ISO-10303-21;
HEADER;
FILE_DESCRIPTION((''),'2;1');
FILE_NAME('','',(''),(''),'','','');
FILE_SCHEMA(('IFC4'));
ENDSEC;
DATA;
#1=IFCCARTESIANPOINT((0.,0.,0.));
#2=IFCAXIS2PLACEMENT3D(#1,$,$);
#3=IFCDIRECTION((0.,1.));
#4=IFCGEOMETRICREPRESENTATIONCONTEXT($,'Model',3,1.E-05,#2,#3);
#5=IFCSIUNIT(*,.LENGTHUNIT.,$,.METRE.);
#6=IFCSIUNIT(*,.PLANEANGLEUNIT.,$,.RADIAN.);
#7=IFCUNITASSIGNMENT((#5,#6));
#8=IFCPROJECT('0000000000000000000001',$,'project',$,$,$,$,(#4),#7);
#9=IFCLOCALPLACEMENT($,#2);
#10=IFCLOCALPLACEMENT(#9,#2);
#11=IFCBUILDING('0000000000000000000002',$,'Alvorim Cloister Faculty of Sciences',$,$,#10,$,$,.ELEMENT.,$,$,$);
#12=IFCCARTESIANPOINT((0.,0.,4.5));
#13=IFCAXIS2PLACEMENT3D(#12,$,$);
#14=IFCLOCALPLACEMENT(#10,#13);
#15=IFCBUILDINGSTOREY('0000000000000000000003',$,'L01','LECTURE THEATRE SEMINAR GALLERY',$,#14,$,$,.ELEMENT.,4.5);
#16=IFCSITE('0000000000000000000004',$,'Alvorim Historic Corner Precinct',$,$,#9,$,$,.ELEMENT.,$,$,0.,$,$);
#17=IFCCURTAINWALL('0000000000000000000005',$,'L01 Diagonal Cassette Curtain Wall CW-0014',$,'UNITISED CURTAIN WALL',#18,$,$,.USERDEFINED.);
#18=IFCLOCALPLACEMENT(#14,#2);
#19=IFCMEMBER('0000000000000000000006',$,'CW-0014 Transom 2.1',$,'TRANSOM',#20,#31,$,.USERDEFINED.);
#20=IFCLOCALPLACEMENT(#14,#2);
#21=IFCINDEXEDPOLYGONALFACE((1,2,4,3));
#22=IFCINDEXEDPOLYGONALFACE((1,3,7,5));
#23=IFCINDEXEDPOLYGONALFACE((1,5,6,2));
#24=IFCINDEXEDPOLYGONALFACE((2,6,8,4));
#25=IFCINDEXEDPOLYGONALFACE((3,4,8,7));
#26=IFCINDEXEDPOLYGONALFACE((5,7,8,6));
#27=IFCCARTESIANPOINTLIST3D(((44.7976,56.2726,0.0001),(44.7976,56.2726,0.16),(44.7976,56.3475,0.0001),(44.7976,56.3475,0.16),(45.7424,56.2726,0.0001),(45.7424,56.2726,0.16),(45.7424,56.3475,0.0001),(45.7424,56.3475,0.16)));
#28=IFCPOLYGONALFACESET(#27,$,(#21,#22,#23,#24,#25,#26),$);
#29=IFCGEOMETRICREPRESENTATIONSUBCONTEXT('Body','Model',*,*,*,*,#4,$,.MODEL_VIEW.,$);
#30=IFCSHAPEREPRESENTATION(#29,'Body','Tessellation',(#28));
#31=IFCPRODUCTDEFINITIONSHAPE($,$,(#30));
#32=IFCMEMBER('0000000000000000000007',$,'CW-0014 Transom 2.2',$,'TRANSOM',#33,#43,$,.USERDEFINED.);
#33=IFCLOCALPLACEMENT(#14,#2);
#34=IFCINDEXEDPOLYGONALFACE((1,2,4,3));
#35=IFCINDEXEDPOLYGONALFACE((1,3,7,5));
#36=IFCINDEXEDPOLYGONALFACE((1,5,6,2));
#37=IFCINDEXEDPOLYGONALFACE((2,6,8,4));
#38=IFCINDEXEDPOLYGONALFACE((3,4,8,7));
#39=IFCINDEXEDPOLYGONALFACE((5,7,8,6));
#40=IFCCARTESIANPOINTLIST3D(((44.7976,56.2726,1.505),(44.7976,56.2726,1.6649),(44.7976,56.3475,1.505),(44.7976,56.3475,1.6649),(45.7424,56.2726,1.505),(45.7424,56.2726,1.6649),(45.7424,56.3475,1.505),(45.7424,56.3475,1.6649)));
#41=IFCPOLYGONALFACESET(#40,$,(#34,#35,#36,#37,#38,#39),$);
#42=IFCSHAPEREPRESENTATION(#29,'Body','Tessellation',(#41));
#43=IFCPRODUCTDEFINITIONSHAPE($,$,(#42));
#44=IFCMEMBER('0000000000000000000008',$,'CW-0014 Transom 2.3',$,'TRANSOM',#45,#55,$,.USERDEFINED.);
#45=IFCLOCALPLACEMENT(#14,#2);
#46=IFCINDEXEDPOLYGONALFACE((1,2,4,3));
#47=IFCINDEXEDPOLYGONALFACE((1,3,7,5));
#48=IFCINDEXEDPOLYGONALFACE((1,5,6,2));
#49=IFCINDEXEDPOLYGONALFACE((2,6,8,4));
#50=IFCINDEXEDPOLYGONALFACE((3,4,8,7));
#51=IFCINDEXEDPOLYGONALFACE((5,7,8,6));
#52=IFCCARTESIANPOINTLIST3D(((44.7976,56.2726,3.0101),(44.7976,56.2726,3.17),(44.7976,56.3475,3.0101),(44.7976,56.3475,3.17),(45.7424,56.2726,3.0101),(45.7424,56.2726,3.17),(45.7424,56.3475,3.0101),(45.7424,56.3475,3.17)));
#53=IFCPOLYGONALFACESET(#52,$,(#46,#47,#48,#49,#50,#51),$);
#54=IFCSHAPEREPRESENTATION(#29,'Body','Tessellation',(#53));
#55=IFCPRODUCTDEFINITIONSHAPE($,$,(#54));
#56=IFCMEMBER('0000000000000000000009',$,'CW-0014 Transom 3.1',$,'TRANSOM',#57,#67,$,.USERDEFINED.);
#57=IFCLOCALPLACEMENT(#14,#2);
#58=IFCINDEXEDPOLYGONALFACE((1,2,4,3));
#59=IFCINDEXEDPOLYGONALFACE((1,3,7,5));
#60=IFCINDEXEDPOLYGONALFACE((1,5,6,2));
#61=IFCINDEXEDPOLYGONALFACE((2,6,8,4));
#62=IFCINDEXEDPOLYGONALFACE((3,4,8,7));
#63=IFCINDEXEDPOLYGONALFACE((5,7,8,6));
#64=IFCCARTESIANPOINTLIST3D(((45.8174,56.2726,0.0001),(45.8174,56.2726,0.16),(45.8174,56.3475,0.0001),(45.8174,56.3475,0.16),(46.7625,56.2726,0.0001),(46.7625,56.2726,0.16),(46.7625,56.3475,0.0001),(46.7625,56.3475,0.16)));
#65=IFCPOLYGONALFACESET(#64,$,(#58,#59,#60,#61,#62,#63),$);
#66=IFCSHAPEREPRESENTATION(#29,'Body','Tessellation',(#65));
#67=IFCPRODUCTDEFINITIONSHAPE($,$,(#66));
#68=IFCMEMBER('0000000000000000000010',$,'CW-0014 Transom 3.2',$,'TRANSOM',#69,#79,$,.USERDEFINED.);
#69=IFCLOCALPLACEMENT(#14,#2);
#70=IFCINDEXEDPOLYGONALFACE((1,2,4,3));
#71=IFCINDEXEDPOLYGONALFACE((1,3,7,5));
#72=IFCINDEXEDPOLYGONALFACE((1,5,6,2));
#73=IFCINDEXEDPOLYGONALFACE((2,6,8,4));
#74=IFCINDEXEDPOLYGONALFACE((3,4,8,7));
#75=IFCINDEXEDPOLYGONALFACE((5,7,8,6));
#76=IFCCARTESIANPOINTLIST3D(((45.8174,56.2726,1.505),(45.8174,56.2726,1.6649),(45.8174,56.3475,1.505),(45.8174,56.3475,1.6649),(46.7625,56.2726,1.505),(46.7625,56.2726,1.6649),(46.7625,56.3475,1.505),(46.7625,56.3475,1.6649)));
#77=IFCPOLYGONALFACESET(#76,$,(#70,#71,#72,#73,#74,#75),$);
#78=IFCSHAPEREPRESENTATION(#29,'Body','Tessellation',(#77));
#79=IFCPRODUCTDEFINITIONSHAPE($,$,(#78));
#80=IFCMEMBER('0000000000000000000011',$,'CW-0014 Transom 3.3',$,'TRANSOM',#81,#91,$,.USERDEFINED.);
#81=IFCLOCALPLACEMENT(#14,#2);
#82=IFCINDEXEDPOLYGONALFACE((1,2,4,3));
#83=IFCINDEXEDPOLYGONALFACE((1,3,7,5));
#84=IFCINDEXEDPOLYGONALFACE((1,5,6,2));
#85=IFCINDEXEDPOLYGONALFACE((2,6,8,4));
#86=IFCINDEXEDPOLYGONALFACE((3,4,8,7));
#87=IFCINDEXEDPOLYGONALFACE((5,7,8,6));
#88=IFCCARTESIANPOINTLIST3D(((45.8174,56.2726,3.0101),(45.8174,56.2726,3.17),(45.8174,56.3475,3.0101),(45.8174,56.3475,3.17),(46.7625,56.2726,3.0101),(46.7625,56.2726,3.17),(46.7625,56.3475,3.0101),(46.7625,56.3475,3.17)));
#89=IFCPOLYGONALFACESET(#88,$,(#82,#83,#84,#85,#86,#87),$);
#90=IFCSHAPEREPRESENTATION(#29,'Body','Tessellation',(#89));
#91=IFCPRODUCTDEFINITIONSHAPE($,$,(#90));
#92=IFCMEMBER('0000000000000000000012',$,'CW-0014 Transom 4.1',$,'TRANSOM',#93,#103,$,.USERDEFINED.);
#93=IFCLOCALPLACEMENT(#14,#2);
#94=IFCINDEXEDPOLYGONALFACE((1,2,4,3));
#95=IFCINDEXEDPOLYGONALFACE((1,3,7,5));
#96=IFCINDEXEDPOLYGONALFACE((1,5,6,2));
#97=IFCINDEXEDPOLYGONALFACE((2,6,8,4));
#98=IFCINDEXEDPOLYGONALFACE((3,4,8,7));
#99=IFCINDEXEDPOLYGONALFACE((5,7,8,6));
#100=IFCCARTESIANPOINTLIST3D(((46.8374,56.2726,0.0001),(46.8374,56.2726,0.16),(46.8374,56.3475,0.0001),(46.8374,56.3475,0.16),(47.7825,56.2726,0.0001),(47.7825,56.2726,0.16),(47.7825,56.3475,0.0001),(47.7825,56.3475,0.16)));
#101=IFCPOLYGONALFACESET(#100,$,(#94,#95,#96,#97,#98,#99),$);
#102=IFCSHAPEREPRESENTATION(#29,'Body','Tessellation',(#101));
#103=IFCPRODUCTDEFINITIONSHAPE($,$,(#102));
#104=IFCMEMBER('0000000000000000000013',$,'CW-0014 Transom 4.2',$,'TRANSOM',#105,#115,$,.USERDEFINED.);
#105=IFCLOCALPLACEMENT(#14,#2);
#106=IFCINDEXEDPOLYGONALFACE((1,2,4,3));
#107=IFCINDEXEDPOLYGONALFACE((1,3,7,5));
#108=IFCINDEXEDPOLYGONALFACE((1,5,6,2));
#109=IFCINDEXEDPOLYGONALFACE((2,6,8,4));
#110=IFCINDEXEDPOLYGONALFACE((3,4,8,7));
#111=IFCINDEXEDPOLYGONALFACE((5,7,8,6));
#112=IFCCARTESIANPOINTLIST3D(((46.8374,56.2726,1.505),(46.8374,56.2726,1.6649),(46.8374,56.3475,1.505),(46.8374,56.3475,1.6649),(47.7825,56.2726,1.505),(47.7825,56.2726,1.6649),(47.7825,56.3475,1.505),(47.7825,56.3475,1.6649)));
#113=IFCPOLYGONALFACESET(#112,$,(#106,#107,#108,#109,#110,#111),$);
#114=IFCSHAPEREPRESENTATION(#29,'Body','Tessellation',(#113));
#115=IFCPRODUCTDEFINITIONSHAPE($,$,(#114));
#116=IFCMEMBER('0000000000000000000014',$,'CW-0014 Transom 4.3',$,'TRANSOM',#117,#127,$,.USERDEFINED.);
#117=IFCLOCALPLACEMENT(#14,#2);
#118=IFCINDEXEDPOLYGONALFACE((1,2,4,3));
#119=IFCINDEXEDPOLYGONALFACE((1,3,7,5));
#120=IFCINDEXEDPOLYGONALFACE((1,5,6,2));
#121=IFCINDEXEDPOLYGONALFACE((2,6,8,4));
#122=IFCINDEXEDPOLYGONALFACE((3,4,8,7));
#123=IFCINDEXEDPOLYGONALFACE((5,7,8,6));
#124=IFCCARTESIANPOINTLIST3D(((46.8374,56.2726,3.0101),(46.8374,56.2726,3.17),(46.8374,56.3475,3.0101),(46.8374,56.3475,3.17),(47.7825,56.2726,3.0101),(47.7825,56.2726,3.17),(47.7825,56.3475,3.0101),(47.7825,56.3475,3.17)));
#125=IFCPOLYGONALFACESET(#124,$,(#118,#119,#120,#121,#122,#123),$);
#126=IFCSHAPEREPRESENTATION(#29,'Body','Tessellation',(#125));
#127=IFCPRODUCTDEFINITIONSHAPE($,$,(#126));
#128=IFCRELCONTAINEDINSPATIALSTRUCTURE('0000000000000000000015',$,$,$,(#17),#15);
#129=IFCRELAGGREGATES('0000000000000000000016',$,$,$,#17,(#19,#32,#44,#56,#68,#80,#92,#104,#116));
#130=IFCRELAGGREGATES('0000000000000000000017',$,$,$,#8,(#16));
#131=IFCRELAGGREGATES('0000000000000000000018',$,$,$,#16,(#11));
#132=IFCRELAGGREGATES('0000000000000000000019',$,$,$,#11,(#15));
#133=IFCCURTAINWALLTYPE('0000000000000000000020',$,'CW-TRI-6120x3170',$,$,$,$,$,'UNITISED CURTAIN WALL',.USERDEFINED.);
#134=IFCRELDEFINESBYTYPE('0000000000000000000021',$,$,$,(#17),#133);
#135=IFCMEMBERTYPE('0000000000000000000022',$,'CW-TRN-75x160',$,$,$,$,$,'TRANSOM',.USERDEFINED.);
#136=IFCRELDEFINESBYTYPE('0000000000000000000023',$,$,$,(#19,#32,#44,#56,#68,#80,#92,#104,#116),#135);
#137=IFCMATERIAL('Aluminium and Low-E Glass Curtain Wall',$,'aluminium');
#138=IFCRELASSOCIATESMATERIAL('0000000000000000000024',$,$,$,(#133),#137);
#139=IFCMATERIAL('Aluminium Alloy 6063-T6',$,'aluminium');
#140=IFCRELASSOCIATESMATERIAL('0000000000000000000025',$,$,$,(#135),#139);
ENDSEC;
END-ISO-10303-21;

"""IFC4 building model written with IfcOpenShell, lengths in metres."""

from ifc_helpers import new_model, si_unit, direction, frame, origin, origin_2d, place, context, subcontext, project, spatial, rectangle, extrude, material, material_profile, profile_set, type_object, element, aggregate, save


model = new_model("IFC4")

# Units and contexts
model_context = context("Model", 3, precision=1e-05, world=origin(), true_north=direction((0.0, 1.0)))
body_context = subcontext(model_context, "Body", "Model", "MODEL_VIEW")
ifc_project = project(units=[si_unit("LENGTHUNIT", "METRE"), si_unit("PLANEANGLEUNIT", "RADIAN")], contexts=[model_context])

# Site, building, storey
site_placement = place(None, origin())
site = spatial("IfcSite", under=ifc_project, at=site_placement, Name="Alvorim Historic Corner Precinct", CompositionType="ELEMENT", RefElevation=0.0)
building_placement = place(site_placement, origin())
building = spatial("IfcBuilding", under=site, at=building_placement, Name="Alvorim Cloister Faculty of Sciences", CompositionType="ELEMENT")
storey_placement = place(building_placement, frame((0.0, 0.0, 4.5)))
storey = spatial("IfcBuildingStorey", under=building, at=storey_placement, Name="L01", Description="LECTURE THEATRE SEMINAR GALLERY", CompositionType="ELEMENT", Elevation=4.5)

# Curtain wall
ifc_material_1 = material(Name="Aluminium and Low-E Glass Curtain Wall", Category="aluminium")
curtain_wall_type = type_object("IfcCurtainWallType", Name="CW-TRI-6120x3170", ElementType="UNITISED CURTAIN WALL", PredefinedType="USERDEFINED", material=ifc_material_1)
ifc_material_2 = material(Name="Aluminium Alloy 6063-T6", Category="aluminium")
curtain_wall_1_placement = place(storey_placement, origin())
curtain_wall_1 = element("IfcCurtainWall", 1, at=curtain_wall_1_placement, inside=storey, type_object=curtain_wall_type, Name="L01 Diagonal Cassette Curtain Wall CW-0014", ObjectType="UNITISED CURTAIN WALL", PredefinedType="USERDEFINED")

# Members
ifc_material_profile_1 = material_profile(ifc_material_2, rectangle(XDim=0.075, YDim=0.1599, at=origin_2d()), Name="ALU-TRN-75x160")
ifc_profile_set_1 = profile_set([ifc_material_profile_1], Name="Aluminium Alloy 6063-T6")
member_type_1 = type_object("IfcMemberType", Name="CW-TRN-75x160", ElementType="TRANSOM", PredefinedType="USERDEFINED", material=ifc_profile_set_1)
member_1_placement = place(storey_placement, frame((44.7976, 56.3101, 0.0801), z_axis=(1.0, 0.0, 0.0), x_axis=(0.0, 1.0, 0.0)))
member_1 = element("IfcMember", 2, at=member_1_placement, type_object=member_type_1, Name="CW-0014 Transom 2.1", ObjectType="TRANSOM", PredefinedType="USERDEFINED", context=body_context, shape_type="SweptSolid", body=[
    extrude(rectangle(XDim=0.075, YDim=0.1599, at=origin_2d()), origin(), (0.0, 0.0, 1.0), 0.9448),
])
member_2_placement = place(storey_placement, frame((44.7976, 56.3101, 1.585), z_axis=(1.0, 0.0, 0.0), x_axis=(0.0, 1.0, 0.0)))
member_2 = element("IfcMember", 3, at=member_2_placement, type_object=member_type_1, Name="CW-0014 Transom 2.2", ObjectType="TRANSOM", PredefinedType="USERDEFINED", context=body_context, shape_type="SweptSolid", body=[
    extrude(rectangle(XDim=0.075, YDim=0.1599, at=origin_2d()), origin(), (0.0, 0.0, 1.0), 0.9448),
])
member_3_placement = place(storey_placement, frame((44.7976, 56.3101, 3.0901), z_axis=(1.0, 0.0, 0.0), x_axis=(0.0, 1.0, 0.0)))
member_3 = element("IfcMember", 4, at=member_3_placement, type_object=member_type_1, Name="CW-0014 Transom 2.3", ObjectType="TRANSOM", PredefinedType="USERDEFINED", context=body_context, shape_type="SweptSolid", body=[
    extrude(rectangle(XDim=0.075, YDim=0.1599, at=origin_2d()), origin(), (0.0, 0.0, 1.0), 0.9448),
])
member_4_placement = place(storey_placement, frame((45.8174, 56.3101, 0.0801), z_axis=(1.0, 0.0, 0.0), x_axis=(0.0, 1.0, 0.0)))
member_4 = element("IfcMember", 5, at=member_4_placement, type_object=member_type_1, Name="CW-0014 Transom 3.1", ObjectType="TRANSOM", PredefinedType="USERDEFINED", context=body_context, shape_type="SweptSolid", body=[
    extrude(rectangle(XDim=0.075, YDim=0.1599, at=origin_2d()), origin(), (0.0, 0.0, 1.0), 0.9451),
])
member_5_placement = place(storey_placement, frame((45.8174, 56.3101, 1.585), z_axis=(1.0, 0.0, 0.0), x_axis=(0.0, 1.0, 0.0)))
member_5 = element("IfcMember", 6, at=member_5_placement, type_object=member_type_1, Name="CW-0014 Transom 3.2", ObjectType="TRANSOM", PredefinedType="USERDEFINED", context=body_context, shape_type="SweptSolid", body=[
    extrude(rectangle(XDim=0.075, YDim=0.1599, at=origin_2d()), origin(), (0.0, 0.0, 1.0), 0.9451),
])
member_6_placement = place(storey_placement, frame((45.8174, 56.3101, 3.0901), z_axis=(1.0, 0.0, 0.0), x_axis=(0.0, 1.0, 0.0)))
member_6 = element("IfcMember", 7, at=member_6_placement, type_object=member_type_1, Name="CW-0014 Transom 3.3", ObjectType="TRANSOM", PredefinedType="USERDEFINED", context=body_context, shape_type="SweptSolid", body=[
    extrude(rectangle(XDim=0.075, YDim=0.1599, at=origin_2d()), origin(), (0.0, 0.0, 1.0), 0.9451),
])
member_7_placement = place(storey_placement, frame((46.8374, 56.3101, 0.0801), z_axis=(1.0, 0.0, 0.0), x_axis=(0.0, 1.0, 0.0)))
member_7 = element("IfcMember", 8, at=member_7_placement, type_object=member_type_1, Name="CW-0014 Transom 4.1", ObjectType="TRANSOM", PredefinedType="USERDEFINED", context=body_context, shape_type="SweptSolid", body=[
    extrude(rectangle(XDim=0.075, YDim=0.1599, at=origin_2d()), origin(), (0.0, 0.0, 1.0), 0.9451),
])
member_8_placement = place(storey_placement, frame((46.8374, 56.3101, 1.585), z_axis=(1.0, 0.0, 0.0), x_axis=(0.0, 1.0, 0.0)))
member_8 = element("IfcMember", 9, at=member_8_placement, type_object=member_type_1, Name="CW-0014 Transom 4.2", ObjectType="TRANSOM", PredefinedType="USERDEFINED", context=body_context, shape_type="SweptSolid", body=[
    extrude(rectangle(XDim=0.075, YDim=0.1599, at=origin_2d()), origin(), (0.0, 0.0, 1.0), 0.9451),
])
member_9_placement = place(storey_placement, frame((46.8374, 56.3101, 3.0901), z_axis=(1.0, 0.0, 0.0), x_axis=(0.0, 1.0, 0.0)))
member_9 = element("IfcMember", 10, at=member_9_placement, type_object=member_type_1, Name="CW-0014 Transom 4.3", ObjectType="TRANSOM", PredefinedType="USERDEFINED", context=body_context, shape_type="SweptSolid", body=[
    extrude(rectangle(XDim=0.075, YDim=0.1599, at=origin_2d()), origin(), (0.0, 0.0, 1.0), 0.9451),
])
aggregate(curtain_wall_1, [member_1, member_2, member_3, member_4, member_5, member_6, member_7, member_8, member_9])

save(model, "model.ifc")
